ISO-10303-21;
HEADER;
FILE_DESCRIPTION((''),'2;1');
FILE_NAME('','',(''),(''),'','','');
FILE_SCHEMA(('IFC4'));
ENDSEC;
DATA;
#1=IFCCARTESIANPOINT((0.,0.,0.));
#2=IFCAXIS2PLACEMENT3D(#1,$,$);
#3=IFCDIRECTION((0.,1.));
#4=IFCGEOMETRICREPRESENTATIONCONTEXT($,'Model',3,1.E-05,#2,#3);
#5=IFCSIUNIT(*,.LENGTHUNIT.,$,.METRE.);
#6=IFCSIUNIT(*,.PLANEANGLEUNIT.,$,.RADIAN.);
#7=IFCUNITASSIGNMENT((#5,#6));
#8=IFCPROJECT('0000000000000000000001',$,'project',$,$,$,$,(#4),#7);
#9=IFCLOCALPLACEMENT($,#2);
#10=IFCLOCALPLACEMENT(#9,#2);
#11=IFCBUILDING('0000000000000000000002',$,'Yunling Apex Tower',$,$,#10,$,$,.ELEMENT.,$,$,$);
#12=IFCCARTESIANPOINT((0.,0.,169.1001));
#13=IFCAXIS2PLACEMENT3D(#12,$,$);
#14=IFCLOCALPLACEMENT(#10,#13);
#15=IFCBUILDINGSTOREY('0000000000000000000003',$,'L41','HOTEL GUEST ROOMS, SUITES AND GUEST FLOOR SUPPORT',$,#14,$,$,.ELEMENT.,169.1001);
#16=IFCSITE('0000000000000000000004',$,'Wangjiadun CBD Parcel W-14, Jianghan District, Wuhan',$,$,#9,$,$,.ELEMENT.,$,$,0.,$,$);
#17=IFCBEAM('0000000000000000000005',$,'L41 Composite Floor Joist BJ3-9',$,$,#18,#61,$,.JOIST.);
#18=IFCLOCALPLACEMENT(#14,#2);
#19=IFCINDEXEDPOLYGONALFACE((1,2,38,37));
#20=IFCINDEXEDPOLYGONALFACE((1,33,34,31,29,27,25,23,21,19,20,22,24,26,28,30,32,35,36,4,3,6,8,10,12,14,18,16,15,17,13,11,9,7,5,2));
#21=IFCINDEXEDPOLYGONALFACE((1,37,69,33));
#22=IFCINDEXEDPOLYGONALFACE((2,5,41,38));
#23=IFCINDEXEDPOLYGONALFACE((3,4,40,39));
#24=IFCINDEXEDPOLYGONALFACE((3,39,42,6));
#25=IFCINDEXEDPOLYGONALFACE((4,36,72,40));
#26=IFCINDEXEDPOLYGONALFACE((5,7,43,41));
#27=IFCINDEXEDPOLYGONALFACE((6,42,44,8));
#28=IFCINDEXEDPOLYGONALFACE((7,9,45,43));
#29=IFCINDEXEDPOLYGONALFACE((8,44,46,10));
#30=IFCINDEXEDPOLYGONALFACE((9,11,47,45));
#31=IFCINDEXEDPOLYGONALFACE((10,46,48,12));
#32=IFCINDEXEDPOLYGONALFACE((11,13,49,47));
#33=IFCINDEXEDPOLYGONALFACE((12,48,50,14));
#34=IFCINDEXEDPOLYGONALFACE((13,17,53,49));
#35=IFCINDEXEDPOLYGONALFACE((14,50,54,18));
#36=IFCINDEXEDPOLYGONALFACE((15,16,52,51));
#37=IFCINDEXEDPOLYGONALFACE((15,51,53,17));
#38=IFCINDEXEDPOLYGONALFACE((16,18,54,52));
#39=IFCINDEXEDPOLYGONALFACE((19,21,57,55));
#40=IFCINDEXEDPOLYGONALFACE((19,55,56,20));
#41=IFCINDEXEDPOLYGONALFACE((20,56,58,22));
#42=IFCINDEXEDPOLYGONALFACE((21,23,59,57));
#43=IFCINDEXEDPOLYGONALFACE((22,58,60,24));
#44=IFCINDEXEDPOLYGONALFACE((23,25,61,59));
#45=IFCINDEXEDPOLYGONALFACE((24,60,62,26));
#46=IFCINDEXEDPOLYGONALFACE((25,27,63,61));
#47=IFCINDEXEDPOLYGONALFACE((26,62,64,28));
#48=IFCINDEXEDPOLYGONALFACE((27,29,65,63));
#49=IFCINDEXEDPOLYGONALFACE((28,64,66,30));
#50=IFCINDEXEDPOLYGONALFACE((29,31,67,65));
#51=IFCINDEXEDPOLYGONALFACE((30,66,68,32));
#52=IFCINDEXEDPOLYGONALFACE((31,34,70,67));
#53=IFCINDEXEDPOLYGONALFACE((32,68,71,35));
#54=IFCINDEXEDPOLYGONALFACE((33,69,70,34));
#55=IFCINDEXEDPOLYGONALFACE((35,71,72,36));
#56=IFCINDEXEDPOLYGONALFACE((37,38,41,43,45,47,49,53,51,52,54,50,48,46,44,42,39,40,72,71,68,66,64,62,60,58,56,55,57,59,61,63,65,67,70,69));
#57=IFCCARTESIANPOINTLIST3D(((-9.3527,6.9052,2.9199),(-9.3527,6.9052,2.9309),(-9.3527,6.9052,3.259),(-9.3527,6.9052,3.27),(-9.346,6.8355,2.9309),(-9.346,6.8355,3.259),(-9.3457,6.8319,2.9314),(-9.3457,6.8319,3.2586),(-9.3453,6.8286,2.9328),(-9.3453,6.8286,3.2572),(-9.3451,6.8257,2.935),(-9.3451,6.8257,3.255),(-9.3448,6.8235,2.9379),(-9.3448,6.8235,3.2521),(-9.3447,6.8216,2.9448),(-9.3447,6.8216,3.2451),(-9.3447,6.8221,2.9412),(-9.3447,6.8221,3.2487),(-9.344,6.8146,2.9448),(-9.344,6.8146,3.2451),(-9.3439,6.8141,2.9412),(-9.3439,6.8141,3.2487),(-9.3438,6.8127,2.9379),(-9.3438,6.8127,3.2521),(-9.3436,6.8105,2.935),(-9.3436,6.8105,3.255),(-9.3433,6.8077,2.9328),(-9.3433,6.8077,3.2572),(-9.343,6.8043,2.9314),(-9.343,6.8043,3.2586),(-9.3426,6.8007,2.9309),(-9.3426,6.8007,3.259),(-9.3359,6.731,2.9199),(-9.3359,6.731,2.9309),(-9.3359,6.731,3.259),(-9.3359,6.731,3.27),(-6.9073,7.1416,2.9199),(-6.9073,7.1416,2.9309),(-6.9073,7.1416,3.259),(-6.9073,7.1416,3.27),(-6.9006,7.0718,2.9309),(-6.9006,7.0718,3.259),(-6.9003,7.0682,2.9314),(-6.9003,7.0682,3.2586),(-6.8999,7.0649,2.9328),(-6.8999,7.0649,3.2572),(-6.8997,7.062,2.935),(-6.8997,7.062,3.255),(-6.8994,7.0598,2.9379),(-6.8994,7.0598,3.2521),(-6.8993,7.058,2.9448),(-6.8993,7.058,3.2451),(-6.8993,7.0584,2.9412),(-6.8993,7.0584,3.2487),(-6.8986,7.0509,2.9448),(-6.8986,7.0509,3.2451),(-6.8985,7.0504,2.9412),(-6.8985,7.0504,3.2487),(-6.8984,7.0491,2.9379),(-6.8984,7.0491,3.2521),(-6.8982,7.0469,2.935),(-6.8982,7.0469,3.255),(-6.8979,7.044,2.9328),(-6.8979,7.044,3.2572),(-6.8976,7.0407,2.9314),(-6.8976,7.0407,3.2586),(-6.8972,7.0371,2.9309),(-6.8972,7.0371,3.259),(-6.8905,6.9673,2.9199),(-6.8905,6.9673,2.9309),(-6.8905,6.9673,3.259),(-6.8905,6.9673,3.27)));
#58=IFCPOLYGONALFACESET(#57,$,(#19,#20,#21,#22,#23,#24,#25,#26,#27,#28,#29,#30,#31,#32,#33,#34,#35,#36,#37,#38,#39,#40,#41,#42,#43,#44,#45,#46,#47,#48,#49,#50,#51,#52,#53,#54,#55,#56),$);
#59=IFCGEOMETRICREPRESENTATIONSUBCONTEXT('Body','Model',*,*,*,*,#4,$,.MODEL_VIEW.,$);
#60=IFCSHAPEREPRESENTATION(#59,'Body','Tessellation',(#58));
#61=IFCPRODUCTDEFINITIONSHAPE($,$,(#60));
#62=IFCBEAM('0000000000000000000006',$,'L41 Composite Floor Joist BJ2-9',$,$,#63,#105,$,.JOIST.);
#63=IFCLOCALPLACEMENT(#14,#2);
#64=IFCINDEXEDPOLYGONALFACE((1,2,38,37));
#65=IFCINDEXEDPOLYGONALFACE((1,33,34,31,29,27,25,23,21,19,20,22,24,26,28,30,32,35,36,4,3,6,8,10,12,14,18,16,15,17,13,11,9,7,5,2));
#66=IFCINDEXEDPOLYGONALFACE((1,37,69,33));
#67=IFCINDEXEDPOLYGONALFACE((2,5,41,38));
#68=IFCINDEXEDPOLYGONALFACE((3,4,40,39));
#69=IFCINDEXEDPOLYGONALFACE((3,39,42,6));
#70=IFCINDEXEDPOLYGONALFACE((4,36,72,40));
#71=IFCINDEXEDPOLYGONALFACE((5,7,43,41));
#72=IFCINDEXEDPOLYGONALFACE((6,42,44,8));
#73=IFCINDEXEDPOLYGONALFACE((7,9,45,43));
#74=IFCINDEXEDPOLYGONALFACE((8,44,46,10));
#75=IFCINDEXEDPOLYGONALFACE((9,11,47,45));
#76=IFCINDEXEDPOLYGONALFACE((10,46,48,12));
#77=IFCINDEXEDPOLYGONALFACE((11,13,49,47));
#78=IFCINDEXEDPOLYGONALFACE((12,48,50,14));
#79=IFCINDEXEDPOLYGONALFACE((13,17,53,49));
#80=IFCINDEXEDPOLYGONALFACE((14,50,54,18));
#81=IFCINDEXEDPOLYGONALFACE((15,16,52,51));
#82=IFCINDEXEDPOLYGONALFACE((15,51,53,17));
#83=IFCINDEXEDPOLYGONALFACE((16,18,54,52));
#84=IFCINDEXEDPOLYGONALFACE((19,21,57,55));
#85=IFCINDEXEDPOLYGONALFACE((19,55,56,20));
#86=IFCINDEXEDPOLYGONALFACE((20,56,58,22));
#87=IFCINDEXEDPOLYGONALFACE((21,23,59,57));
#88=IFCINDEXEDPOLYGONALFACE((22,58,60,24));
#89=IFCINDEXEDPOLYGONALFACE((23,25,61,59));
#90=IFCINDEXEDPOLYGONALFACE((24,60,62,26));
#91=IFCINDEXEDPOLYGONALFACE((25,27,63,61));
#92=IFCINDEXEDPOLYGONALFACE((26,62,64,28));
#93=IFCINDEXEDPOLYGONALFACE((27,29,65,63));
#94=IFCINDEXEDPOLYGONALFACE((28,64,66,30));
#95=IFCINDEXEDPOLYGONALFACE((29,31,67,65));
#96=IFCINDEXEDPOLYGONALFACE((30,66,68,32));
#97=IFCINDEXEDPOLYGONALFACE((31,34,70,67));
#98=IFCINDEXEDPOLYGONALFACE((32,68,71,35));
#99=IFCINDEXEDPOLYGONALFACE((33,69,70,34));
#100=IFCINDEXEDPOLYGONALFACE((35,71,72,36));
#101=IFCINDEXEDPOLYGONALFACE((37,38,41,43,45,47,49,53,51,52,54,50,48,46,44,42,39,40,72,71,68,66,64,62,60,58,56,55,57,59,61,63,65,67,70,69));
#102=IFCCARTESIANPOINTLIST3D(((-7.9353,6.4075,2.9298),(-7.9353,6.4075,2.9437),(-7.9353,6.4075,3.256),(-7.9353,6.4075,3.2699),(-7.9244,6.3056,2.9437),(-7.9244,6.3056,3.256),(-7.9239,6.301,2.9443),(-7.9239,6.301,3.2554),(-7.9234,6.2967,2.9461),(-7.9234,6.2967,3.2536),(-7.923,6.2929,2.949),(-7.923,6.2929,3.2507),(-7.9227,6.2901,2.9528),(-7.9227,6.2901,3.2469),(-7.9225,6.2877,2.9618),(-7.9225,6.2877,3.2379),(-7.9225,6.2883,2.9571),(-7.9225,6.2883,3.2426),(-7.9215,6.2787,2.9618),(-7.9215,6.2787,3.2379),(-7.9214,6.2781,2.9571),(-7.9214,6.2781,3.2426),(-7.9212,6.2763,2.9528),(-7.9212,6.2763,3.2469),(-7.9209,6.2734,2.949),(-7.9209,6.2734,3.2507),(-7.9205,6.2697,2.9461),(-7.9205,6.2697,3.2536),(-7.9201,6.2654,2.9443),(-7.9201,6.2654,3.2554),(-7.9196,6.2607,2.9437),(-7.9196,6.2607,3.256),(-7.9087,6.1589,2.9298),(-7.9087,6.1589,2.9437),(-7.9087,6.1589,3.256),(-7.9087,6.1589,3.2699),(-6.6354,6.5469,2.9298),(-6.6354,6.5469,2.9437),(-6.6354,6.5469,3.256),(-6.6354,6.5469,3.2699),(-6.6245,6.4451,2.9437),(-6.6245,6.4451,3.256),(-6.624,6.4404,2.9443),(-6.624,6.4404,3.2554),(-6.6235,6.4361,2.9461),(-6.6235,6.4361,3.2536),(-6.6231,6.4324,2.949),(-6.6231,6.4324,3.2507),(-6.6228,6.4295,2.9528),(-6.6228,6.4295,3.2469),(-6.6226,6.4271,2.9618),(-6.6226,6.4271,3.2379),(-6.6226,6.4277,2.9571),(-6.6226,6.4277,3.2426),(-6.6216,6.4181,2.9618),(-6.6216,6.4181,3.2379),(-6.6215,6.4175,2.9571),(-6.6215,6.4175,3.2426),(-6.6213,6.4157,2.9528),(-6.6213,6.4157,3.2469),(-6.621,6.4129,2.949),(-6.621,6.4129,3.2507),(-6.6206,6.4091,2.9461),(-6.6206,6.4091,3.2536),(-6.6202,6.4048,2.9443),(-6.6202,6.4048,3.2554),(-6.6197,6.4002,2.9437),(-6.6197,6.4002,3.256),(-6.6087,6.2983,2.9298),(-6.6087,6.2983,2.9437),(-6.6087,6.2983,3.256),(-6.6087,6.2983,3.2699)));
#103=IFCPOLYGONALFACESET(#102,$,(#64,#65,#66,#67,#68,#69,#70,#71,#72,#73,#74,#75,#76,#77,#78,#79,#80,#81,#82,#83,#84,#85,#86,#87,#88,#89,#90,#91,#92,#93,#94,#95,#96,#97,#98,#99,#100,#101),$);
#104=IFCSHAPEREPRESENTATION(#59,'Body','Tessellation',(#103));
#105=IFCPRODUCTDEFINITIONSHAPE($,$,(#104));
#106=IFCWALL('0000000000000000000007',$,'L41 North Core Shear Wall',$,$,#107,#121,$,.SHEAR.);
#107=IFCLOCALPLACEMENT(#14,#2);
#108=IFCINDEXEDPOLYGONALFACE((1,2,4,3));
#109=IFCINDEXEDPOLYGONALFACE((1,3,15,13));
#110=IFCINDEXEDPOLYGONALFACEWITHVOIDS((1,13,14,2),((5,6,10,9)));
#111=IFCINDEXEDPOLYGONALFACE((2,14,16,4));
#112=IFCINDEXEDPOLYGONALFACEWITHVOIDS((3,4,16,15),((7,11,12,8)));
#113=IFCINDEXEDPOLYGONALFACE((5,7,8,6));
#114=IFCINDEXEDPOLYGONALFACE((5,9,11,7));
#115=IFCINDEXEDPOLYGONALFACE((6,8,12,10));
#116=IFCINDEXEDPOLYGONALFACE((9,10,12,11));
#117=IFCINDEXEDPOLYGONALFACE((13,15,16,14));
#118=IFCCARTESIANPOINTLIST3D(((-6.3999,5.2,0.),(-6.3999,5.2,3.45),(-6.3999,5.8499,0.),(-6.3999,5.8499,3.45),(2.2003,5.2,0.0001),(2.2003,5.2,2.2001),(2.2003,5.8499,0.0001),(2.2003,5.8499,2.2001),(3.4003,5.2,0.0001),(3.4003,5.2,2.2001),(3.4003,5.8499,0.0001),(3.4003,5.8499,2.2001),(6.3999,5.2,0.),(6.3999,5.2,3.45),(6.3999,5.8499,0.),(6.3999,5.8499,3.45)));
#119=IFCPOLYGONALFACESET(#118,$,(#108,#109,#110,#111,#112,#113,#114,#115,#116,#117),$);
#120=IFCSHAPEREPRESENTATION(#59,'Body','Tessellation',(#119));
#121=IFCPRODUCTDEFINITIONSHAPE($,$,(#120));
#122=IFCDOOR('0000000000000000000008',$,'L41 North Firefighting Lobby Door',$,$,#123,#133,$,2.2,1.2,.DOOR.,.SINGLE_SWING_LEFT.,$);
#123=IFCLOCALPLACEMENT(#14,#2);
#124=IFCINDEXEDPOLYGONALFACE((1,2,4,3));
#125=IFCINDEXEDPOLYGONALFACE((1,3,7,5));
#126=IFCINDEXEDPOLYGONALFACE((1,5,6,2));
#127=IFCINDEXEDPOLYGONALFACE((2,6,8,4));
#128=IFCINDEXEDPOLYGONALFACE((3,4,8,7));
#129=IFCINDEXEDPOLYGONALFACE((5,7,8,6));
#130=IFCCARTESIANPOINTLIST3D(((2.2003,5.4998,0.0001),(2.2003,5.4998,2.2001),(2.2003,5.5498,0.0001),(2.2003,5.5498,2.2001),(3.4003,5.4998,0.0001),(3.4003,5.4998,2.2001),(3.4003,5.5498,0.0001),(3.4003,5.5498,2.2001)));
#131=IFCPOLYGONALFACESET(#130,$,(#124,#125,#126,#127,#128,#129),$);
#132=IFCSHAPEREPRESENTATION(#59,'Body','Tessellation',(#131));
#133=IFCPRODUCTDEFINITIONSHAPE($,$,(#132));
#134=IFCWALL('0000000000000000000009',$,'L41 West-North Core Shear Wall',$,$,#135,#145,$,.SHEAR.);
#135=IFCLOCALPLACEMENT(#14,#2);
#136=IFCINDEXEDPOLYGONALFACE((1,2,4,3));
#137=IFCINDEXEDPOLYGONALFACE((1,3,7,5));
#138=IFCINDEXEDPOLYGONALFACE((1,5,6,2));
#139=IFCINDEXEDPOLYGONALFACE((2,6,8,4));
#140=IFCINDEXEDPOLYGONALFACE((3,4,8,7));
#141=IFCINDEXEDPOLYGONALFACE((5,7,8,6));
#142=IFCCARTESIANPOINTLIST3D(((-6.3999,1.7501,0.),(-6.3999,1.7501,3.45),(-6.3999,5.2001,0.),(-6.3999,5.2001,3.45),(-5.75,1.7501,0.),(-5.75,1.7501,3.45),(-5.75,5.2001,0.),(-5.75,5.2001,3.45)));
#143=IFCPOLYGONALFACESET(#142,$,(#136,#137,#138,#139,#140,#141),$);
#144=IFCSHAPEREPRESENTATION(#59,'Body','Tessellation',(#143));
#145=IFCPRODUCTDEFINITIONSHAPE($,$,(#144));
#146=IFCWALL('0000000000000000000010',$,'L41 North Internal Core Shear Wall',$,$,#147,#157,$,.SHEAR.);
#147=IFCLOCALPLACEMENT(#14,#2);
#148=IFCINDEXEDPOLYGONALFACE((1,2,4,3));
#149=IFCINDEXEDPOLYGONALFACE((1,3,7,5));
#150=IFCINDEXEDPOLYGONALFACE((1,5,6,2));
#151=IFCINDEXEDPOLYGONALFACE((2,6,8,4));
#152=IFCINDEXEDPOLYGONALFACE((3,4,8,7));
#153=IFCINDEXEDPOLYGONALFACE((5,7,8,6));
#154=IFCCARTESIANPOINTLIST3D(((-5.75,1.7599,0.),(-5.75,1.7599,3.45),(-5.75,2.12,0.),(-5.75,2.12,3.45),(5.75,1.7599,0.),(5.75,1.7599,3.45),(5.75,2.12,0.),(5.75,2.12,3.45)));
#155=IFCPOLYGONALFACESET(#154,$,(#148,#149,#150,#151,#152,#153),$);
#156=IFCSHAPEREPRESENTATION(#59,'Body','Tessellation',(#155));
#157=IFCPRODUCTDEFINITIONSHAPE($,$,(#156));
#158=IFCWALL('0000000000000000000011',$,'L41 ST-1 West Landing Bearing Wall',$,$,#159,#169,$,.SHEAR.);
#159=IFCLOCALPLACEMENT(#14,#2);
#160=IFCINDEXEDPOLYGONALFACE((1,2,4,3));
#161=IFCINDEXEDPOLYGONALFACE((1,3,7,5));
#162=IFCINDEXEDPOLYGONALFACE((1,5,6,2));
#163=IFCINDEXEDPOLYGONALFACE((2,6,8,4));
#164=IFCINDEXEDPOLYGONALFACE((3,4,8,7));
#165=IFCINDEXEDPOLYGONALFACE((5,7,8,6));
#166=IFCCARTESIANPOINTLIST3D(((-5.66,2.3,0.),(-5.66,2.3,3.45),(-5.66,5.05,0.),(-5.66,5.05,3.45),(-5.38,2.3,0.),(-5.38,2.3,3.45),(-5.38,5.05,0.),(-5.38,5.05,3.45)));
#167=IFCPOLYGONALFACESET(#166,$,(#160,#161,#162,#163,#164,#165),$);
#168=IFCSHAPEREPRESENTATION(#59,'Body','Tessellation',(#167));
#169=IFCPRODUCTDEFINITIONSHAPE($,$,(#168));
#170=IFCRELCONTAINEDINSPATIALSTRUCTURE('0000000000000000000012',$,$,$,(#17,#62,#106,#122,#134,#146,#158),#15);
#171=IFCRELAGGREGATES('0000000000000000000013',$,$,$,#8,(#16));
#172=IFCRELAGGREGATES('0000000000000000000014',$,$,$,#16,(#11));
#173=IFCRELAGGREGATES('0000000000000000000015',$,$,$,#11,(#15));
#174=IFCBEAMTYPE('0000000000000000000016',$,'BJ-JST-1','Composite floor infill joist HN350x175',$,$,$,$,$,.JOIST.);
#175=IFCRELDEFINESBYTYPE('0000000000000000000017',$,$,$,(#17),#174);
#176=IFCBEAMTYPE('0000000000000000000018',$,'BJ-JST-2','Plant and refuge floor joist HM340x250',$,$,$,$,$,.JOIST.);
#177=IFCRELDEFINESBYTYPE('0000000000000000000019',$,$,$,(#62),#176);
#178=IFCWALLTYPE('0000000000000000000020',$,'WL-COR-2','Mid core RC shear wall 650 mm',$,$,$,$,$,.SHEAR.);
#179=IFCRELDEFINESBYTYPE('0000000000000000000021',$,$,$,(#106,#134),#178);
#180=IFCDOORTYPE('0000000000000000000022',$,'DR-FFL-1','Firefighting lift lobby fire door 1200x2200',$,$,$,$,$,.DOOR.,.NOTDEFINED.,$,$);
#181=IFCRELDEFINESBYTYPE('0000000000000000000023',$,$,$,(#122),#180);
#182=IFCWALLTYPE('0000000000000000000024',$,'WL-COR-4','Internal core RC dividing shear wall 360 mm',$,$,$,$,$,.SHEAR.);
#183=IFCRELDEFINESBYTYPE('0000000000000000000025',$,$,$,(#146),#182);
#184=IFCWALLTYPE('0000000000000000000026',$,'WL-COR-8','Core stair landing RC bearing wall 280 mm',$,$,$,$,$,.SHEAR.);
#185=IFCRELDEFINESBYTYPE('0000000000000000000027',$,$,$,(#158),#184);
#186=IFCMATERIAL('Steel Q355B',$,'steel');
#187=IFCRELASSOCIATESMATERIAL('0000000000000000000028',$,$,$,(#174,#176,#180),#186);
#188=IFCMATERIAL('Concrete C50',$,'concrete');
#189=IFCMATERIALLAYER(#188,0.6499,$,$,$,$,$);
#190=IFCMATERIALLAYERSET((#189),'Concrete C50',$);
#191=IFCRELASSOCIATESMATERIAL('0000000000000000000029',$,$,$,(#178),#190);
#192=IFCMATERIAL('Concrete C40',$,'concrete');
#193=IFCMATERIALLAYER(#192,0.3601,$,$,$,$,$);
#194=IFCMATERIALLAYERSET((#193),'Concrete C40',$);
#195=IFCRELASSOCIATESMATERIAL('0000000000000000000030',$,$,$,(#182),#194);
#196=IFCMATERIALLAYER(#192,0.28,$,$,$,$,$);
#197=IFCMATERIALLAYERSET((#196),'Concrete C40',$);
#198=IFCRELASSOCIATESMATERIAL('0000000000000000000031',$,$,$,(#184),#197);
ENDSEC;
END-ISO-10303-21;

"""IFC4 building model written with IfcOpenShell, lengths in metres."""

from ifc_helpers import new_model, si_unit, direction, frame, frame_2d, origin, origin_2d, place, context, subcontext, project, spatial, rectangle, i_section, extrude, source, transform, mapped, material, layer, layer_set, material_profile, profile_set, type_object, element, fill, save


model = new_model("IFC4")

# Units and contexts
model_context = context("Model", 3, precision=1e-05, world=origin(), true_north=direction((0.0, 1.0)))
body_context = subcontext(model_context, "Body", "Model", "MODEL_VIEW")
ifc_project = project(units=[si_unit("LENGTHUNIT", "METRE"), si_unit("PLANEANGLEUNIT", "RADIAN")], contexts=[model_context])

# Site, building, storey
site_placement = place(None, origin())
site = spatial("IfcSite", under=ifc_project, at=site_placement, Name="Wangjiadun CBD Parcel W-14, Jianghan District, Wuhan", CompositionType="ELEMENT", RefElevation=0.0)
building_placement = place(site_placement, origin())
building = spatial("IfcBuilding", under=site, at=building_placement, Name="Yunling Apex Tower", CompositionType="ELEMENT")
storey_placement = place(building_placement, frame((0.0, 0.0, 169.1001)))
storey = spatial("IfcBuildingStorey", under=building, at=storey_placement, Name="L41", Description="HOTEL GUEST ROOMS, SUITES AND GUEST FLOOR SUPPORT", CompositionType="ELEMENT", Elevation=169.1001)

# Shared definitions
ifc_material_1 = material(Name="Concrete C50", Category="concrete")

# Beams
ifc_material_2 = material(Name="Steel Q355B", Category="steel")
ifc_material_profile_1 = material_profile(ifc_material_2, i_section(OverallWidth=0.175, OverallDepth=0.3501, WebThickness=0.0071, FlangeThickness=0.011, FilletRadius=0.0139, at=origin_2d()))
ifc_profile_set_1 = profile_set([ifc_material_profile_1], Name="Steel Q355B")
beam_type_1 = type_object("IfcBeamType", Name="BJ-JST-1", Description="Composite floor infill joist HN350x175", PredefinedType="JOIST", material=ifc_profile_set_1)
shared_shape_1 = source(origin(), body_context, "Body", "SweptSolid", [
    extrude(i_section(OverallWidth=0.175, OverallDepth=0.3501, WebThickness=0.0071, FlangeThickness=0.011, FilletRadius=0.0139, at=origin_2d()), origin(), (0.0, 0.0, 1.0), 2.4568),
])
beam_1_placement = place(storey_placement, frame((-6.8989, 7.0544, 3.095), z_axis=(-0.995362, -0.096197, 0.0), x_axis=(0.096197, -0.995362, 0.0)))
element("IfcBeam", 1, at=beam_1_placement, inside=storey, type_object=beam_type_1, Name="L41 Composite Floor Joist BJ3-9", PredefinedType="JOIST", context=body_context, shape_type="MappedRepresentation", body=[
    mapped(shared_shape_1, transform((0.0, 0.0, 0.0), scale=1.0)),
])
ifc_material_profile_2 = material_profile(ifc_material_2, i_section(OverallWidth=0.25, OverallDepth=0.3401, WebThickness=0.009, FlangeThickness=0.0139, FilletRadius=0.0181, at=origin_2d()))
ifc_profile_set_2 = profile_set([ifc_material_profile_2], Name="Steel Q355B")
beam_type_2 = type_object("IfcBeamType", Name="BJ-JST-2", Description="Plant and refuge floor joist HM340x250", PredefinedType="JOIST", material=ifc_profile_set_2)
shared_shape_2 = source(origin(), body_context, "Body", "SweptSolid", [
    extrude(i_section(OverallWidth=0.25, OverallDepth=0.3401, WebThickness=0.009, FlangeThickness=0.0139, FilletRadius=0.0181, at=origin_2d()), origin(), (0.0, 0.0, 1.0), 1.3074),
])
beam_2_placement = place(storey_placement, frame((-6.6221, 6.4226, 3.0999), z_axis=(-0.994298, -0.106639, 0.0), x_axis=(0.106639, -0.994298, 0.0)))
element("IfcBeam", 2, at=beam_2_placement, inside=storey, type_object=beam_type_2, Name="L41 Composite Floor Joist BJ2-9", PredefinedType="JOIST", context=body_context, shape_type="MappedRepresentation", body=[
    mapped(shared_shape_2, transform((0.0, 0.0, 0.0), scale=1.0)),
])

# Wall, opening, door
ifc_layer_1 = layer(ifc_material_1, 0.6499)
ifc_layer_set_1 = layer_set([ifc_layer_1], Name="Concrete C50")
wall_type_1 = type_object("IfcWallType", Name="WL-COR-2", Description="Mid core RC shear wall 650 mm", PredefinedType="SHEAR", material=ifc_layer_set_1)
wall_1_placement = place(storey_placement, frame((-6.3999, 5.5249, 0.0), z_axis=(0.0, 0.0, 1.0), x_axis=(1.0, 0.0, 0.0)))
wall_1 = element("IfcWall", 3, at=wall_1_placement, inside=storey, type_object=wall_type_1, Name="L41 North Core Shear Wall", PredefinedType="SHEAR", context=body_context, shape_type="SweptSolid", body=[
    extrude(rectangle(XDim=12.7998, YDim=0.6499, at=frame_2d((6.3999, 0.0))), origin(), (0.0, 0.0, 1.0), 3.45),
])
opening_placement = place(wall_1_placement, frame((8.6001, 0.0, 0.0)))
opening = element("IfcOpeningElement", 4, at=opening_placement, cuts=wall_1, PredefinedType="OPENING", context=body_context, shape_type="SweptSolid", body=[
    extrude(rectangle(XDim=1.2, YDim=2.2, at=frame_2d((0.6001, 1.1001))), frame((0.0, 0.335, 0.0), z_axis=(0.0, -1.0, 0.0), x_axis=(1.0, 0.0, 0.0)), (0.0, 0.0, 1.0), 0.6699),
])
door_type = type_object("IfcDoorType", Name="DR-FFL-1", Description="Firefighting lift lobby fire door 1200x2200", OperationType="NOTDEFINED", PredefinedType="DOOR", material=ifc_material_2)
door_placement = place(opening_placement, origin())
door = element("IfcDoor", 5, at=door_placement, inside=storey, type_object=door_type, Name="L41 North Firefighting Lobby Door", OperationType="SINGLE_SWING_LEFT", OverallHeight=2.2, OverallWidth=1.2, PredefinedType="DOOR", context=body_context, shape_type="SweptSolid", body=[
    extrude(rectangle(XDim=1.2, YDim=2.2, at=frame_2d((0.6001, 1.1001))), frame((0.0, 0.0249, 0.0), z_axis=(0.0, -1.0, 0.0), x_axis=(1.0, 0.0, 0.0)), (0.0, 0.0, 1.0), 0.05),
])
fill(opening, door)

# Walls
wall_2_placement = place(storey_placement, frame((-6.075, 1.75, 0.0), z_axis=(0.0, 0.0, 1.0), x_axis=(0.0, 1.0, 0.0)))
element("IfcWall", 6, at=wall_2_placement, inside=storey, type_object=wall_type_1, Name="L41 West-North Core Shear Wall", PredefinedType="SHEAR", context=body_context, shape_type="SweptSolid", body=[
    extrude(rectangle(XDim=3.45, YDim=0.6499, at=frame_2d((1.7251, 0.0))), origin(), (0.0, 0.0, 1.0), 3.45),
])
ifc_material_3 = material(Name="Concrete C40", Category="concrete")
ifc_layer_2 = layer(ifc_material_3, 0.3601)
ifc_layer_set_2 = layer_set([ifc_layer_2], Name="Concrete C40")
wall_type_2 = type_object("IfcWallType", Name="WL-COR-4", Description="Internal core RC dividing shear wall 360 mm", PredefinedType="SHEAR", material=ifc_layer_set_2)
wall_3_placement = place(storey_placement, frame((-5.75, 1.9399, 0.0), z_axis=(0.0, 0.0, 1.0), x_axis=(1.0, 0.0, 0.0)))
element("IfcWall", 7, at=wall_3_placement, inside=storey, type_object=wall_type_2, Name="L41 North Internal Core Shear Wall", PredefinedType="SHEAR", context=body_context, shape_type="SweptSolid", body=[
    extrude(rectangle(XDim=11.5, YDim=0.3601, at=frame_2d((5.75, 0.0))), origin(), (0.0, 0.0, 1.0), 3.45),
])
ifc_layer_3 = layer(ifc_material_3, 0.28)
ifc_layer_set_3 = layer_set([ifc_layer_3], Name="Concrete C40")
wall_type_3 = type_object("IfcWallType", Name="WL-COR-8", Description="Core stair landing RC bearing wall 280 mm", PredefinedType="SHEAR", material=ifc_layer_set_3)
wall_4_placement = place(storey_placement, frame((-5.52, 2.3, 0.0), z_axis=(0.0, 0.0, 1.0), x_axis=(0.0, 1.0, 0.0)))
element("IfcWall", 8, at=wall_4_placement, inside=storey, type_object=wall_type_3, Name="L41 ST-1 West Landing Bearing Wall", PredefinedType="SHEAR", context=body_context, shape_type="SweptSolid", body=[
    extrude(rectangle(XDim=2.75, YDim=0.28, at=frame_2d((1.375, 0.0))), origin(), (0.0, 0.0, 1.0), 3.45),
])

save(model, "model.ifc")
